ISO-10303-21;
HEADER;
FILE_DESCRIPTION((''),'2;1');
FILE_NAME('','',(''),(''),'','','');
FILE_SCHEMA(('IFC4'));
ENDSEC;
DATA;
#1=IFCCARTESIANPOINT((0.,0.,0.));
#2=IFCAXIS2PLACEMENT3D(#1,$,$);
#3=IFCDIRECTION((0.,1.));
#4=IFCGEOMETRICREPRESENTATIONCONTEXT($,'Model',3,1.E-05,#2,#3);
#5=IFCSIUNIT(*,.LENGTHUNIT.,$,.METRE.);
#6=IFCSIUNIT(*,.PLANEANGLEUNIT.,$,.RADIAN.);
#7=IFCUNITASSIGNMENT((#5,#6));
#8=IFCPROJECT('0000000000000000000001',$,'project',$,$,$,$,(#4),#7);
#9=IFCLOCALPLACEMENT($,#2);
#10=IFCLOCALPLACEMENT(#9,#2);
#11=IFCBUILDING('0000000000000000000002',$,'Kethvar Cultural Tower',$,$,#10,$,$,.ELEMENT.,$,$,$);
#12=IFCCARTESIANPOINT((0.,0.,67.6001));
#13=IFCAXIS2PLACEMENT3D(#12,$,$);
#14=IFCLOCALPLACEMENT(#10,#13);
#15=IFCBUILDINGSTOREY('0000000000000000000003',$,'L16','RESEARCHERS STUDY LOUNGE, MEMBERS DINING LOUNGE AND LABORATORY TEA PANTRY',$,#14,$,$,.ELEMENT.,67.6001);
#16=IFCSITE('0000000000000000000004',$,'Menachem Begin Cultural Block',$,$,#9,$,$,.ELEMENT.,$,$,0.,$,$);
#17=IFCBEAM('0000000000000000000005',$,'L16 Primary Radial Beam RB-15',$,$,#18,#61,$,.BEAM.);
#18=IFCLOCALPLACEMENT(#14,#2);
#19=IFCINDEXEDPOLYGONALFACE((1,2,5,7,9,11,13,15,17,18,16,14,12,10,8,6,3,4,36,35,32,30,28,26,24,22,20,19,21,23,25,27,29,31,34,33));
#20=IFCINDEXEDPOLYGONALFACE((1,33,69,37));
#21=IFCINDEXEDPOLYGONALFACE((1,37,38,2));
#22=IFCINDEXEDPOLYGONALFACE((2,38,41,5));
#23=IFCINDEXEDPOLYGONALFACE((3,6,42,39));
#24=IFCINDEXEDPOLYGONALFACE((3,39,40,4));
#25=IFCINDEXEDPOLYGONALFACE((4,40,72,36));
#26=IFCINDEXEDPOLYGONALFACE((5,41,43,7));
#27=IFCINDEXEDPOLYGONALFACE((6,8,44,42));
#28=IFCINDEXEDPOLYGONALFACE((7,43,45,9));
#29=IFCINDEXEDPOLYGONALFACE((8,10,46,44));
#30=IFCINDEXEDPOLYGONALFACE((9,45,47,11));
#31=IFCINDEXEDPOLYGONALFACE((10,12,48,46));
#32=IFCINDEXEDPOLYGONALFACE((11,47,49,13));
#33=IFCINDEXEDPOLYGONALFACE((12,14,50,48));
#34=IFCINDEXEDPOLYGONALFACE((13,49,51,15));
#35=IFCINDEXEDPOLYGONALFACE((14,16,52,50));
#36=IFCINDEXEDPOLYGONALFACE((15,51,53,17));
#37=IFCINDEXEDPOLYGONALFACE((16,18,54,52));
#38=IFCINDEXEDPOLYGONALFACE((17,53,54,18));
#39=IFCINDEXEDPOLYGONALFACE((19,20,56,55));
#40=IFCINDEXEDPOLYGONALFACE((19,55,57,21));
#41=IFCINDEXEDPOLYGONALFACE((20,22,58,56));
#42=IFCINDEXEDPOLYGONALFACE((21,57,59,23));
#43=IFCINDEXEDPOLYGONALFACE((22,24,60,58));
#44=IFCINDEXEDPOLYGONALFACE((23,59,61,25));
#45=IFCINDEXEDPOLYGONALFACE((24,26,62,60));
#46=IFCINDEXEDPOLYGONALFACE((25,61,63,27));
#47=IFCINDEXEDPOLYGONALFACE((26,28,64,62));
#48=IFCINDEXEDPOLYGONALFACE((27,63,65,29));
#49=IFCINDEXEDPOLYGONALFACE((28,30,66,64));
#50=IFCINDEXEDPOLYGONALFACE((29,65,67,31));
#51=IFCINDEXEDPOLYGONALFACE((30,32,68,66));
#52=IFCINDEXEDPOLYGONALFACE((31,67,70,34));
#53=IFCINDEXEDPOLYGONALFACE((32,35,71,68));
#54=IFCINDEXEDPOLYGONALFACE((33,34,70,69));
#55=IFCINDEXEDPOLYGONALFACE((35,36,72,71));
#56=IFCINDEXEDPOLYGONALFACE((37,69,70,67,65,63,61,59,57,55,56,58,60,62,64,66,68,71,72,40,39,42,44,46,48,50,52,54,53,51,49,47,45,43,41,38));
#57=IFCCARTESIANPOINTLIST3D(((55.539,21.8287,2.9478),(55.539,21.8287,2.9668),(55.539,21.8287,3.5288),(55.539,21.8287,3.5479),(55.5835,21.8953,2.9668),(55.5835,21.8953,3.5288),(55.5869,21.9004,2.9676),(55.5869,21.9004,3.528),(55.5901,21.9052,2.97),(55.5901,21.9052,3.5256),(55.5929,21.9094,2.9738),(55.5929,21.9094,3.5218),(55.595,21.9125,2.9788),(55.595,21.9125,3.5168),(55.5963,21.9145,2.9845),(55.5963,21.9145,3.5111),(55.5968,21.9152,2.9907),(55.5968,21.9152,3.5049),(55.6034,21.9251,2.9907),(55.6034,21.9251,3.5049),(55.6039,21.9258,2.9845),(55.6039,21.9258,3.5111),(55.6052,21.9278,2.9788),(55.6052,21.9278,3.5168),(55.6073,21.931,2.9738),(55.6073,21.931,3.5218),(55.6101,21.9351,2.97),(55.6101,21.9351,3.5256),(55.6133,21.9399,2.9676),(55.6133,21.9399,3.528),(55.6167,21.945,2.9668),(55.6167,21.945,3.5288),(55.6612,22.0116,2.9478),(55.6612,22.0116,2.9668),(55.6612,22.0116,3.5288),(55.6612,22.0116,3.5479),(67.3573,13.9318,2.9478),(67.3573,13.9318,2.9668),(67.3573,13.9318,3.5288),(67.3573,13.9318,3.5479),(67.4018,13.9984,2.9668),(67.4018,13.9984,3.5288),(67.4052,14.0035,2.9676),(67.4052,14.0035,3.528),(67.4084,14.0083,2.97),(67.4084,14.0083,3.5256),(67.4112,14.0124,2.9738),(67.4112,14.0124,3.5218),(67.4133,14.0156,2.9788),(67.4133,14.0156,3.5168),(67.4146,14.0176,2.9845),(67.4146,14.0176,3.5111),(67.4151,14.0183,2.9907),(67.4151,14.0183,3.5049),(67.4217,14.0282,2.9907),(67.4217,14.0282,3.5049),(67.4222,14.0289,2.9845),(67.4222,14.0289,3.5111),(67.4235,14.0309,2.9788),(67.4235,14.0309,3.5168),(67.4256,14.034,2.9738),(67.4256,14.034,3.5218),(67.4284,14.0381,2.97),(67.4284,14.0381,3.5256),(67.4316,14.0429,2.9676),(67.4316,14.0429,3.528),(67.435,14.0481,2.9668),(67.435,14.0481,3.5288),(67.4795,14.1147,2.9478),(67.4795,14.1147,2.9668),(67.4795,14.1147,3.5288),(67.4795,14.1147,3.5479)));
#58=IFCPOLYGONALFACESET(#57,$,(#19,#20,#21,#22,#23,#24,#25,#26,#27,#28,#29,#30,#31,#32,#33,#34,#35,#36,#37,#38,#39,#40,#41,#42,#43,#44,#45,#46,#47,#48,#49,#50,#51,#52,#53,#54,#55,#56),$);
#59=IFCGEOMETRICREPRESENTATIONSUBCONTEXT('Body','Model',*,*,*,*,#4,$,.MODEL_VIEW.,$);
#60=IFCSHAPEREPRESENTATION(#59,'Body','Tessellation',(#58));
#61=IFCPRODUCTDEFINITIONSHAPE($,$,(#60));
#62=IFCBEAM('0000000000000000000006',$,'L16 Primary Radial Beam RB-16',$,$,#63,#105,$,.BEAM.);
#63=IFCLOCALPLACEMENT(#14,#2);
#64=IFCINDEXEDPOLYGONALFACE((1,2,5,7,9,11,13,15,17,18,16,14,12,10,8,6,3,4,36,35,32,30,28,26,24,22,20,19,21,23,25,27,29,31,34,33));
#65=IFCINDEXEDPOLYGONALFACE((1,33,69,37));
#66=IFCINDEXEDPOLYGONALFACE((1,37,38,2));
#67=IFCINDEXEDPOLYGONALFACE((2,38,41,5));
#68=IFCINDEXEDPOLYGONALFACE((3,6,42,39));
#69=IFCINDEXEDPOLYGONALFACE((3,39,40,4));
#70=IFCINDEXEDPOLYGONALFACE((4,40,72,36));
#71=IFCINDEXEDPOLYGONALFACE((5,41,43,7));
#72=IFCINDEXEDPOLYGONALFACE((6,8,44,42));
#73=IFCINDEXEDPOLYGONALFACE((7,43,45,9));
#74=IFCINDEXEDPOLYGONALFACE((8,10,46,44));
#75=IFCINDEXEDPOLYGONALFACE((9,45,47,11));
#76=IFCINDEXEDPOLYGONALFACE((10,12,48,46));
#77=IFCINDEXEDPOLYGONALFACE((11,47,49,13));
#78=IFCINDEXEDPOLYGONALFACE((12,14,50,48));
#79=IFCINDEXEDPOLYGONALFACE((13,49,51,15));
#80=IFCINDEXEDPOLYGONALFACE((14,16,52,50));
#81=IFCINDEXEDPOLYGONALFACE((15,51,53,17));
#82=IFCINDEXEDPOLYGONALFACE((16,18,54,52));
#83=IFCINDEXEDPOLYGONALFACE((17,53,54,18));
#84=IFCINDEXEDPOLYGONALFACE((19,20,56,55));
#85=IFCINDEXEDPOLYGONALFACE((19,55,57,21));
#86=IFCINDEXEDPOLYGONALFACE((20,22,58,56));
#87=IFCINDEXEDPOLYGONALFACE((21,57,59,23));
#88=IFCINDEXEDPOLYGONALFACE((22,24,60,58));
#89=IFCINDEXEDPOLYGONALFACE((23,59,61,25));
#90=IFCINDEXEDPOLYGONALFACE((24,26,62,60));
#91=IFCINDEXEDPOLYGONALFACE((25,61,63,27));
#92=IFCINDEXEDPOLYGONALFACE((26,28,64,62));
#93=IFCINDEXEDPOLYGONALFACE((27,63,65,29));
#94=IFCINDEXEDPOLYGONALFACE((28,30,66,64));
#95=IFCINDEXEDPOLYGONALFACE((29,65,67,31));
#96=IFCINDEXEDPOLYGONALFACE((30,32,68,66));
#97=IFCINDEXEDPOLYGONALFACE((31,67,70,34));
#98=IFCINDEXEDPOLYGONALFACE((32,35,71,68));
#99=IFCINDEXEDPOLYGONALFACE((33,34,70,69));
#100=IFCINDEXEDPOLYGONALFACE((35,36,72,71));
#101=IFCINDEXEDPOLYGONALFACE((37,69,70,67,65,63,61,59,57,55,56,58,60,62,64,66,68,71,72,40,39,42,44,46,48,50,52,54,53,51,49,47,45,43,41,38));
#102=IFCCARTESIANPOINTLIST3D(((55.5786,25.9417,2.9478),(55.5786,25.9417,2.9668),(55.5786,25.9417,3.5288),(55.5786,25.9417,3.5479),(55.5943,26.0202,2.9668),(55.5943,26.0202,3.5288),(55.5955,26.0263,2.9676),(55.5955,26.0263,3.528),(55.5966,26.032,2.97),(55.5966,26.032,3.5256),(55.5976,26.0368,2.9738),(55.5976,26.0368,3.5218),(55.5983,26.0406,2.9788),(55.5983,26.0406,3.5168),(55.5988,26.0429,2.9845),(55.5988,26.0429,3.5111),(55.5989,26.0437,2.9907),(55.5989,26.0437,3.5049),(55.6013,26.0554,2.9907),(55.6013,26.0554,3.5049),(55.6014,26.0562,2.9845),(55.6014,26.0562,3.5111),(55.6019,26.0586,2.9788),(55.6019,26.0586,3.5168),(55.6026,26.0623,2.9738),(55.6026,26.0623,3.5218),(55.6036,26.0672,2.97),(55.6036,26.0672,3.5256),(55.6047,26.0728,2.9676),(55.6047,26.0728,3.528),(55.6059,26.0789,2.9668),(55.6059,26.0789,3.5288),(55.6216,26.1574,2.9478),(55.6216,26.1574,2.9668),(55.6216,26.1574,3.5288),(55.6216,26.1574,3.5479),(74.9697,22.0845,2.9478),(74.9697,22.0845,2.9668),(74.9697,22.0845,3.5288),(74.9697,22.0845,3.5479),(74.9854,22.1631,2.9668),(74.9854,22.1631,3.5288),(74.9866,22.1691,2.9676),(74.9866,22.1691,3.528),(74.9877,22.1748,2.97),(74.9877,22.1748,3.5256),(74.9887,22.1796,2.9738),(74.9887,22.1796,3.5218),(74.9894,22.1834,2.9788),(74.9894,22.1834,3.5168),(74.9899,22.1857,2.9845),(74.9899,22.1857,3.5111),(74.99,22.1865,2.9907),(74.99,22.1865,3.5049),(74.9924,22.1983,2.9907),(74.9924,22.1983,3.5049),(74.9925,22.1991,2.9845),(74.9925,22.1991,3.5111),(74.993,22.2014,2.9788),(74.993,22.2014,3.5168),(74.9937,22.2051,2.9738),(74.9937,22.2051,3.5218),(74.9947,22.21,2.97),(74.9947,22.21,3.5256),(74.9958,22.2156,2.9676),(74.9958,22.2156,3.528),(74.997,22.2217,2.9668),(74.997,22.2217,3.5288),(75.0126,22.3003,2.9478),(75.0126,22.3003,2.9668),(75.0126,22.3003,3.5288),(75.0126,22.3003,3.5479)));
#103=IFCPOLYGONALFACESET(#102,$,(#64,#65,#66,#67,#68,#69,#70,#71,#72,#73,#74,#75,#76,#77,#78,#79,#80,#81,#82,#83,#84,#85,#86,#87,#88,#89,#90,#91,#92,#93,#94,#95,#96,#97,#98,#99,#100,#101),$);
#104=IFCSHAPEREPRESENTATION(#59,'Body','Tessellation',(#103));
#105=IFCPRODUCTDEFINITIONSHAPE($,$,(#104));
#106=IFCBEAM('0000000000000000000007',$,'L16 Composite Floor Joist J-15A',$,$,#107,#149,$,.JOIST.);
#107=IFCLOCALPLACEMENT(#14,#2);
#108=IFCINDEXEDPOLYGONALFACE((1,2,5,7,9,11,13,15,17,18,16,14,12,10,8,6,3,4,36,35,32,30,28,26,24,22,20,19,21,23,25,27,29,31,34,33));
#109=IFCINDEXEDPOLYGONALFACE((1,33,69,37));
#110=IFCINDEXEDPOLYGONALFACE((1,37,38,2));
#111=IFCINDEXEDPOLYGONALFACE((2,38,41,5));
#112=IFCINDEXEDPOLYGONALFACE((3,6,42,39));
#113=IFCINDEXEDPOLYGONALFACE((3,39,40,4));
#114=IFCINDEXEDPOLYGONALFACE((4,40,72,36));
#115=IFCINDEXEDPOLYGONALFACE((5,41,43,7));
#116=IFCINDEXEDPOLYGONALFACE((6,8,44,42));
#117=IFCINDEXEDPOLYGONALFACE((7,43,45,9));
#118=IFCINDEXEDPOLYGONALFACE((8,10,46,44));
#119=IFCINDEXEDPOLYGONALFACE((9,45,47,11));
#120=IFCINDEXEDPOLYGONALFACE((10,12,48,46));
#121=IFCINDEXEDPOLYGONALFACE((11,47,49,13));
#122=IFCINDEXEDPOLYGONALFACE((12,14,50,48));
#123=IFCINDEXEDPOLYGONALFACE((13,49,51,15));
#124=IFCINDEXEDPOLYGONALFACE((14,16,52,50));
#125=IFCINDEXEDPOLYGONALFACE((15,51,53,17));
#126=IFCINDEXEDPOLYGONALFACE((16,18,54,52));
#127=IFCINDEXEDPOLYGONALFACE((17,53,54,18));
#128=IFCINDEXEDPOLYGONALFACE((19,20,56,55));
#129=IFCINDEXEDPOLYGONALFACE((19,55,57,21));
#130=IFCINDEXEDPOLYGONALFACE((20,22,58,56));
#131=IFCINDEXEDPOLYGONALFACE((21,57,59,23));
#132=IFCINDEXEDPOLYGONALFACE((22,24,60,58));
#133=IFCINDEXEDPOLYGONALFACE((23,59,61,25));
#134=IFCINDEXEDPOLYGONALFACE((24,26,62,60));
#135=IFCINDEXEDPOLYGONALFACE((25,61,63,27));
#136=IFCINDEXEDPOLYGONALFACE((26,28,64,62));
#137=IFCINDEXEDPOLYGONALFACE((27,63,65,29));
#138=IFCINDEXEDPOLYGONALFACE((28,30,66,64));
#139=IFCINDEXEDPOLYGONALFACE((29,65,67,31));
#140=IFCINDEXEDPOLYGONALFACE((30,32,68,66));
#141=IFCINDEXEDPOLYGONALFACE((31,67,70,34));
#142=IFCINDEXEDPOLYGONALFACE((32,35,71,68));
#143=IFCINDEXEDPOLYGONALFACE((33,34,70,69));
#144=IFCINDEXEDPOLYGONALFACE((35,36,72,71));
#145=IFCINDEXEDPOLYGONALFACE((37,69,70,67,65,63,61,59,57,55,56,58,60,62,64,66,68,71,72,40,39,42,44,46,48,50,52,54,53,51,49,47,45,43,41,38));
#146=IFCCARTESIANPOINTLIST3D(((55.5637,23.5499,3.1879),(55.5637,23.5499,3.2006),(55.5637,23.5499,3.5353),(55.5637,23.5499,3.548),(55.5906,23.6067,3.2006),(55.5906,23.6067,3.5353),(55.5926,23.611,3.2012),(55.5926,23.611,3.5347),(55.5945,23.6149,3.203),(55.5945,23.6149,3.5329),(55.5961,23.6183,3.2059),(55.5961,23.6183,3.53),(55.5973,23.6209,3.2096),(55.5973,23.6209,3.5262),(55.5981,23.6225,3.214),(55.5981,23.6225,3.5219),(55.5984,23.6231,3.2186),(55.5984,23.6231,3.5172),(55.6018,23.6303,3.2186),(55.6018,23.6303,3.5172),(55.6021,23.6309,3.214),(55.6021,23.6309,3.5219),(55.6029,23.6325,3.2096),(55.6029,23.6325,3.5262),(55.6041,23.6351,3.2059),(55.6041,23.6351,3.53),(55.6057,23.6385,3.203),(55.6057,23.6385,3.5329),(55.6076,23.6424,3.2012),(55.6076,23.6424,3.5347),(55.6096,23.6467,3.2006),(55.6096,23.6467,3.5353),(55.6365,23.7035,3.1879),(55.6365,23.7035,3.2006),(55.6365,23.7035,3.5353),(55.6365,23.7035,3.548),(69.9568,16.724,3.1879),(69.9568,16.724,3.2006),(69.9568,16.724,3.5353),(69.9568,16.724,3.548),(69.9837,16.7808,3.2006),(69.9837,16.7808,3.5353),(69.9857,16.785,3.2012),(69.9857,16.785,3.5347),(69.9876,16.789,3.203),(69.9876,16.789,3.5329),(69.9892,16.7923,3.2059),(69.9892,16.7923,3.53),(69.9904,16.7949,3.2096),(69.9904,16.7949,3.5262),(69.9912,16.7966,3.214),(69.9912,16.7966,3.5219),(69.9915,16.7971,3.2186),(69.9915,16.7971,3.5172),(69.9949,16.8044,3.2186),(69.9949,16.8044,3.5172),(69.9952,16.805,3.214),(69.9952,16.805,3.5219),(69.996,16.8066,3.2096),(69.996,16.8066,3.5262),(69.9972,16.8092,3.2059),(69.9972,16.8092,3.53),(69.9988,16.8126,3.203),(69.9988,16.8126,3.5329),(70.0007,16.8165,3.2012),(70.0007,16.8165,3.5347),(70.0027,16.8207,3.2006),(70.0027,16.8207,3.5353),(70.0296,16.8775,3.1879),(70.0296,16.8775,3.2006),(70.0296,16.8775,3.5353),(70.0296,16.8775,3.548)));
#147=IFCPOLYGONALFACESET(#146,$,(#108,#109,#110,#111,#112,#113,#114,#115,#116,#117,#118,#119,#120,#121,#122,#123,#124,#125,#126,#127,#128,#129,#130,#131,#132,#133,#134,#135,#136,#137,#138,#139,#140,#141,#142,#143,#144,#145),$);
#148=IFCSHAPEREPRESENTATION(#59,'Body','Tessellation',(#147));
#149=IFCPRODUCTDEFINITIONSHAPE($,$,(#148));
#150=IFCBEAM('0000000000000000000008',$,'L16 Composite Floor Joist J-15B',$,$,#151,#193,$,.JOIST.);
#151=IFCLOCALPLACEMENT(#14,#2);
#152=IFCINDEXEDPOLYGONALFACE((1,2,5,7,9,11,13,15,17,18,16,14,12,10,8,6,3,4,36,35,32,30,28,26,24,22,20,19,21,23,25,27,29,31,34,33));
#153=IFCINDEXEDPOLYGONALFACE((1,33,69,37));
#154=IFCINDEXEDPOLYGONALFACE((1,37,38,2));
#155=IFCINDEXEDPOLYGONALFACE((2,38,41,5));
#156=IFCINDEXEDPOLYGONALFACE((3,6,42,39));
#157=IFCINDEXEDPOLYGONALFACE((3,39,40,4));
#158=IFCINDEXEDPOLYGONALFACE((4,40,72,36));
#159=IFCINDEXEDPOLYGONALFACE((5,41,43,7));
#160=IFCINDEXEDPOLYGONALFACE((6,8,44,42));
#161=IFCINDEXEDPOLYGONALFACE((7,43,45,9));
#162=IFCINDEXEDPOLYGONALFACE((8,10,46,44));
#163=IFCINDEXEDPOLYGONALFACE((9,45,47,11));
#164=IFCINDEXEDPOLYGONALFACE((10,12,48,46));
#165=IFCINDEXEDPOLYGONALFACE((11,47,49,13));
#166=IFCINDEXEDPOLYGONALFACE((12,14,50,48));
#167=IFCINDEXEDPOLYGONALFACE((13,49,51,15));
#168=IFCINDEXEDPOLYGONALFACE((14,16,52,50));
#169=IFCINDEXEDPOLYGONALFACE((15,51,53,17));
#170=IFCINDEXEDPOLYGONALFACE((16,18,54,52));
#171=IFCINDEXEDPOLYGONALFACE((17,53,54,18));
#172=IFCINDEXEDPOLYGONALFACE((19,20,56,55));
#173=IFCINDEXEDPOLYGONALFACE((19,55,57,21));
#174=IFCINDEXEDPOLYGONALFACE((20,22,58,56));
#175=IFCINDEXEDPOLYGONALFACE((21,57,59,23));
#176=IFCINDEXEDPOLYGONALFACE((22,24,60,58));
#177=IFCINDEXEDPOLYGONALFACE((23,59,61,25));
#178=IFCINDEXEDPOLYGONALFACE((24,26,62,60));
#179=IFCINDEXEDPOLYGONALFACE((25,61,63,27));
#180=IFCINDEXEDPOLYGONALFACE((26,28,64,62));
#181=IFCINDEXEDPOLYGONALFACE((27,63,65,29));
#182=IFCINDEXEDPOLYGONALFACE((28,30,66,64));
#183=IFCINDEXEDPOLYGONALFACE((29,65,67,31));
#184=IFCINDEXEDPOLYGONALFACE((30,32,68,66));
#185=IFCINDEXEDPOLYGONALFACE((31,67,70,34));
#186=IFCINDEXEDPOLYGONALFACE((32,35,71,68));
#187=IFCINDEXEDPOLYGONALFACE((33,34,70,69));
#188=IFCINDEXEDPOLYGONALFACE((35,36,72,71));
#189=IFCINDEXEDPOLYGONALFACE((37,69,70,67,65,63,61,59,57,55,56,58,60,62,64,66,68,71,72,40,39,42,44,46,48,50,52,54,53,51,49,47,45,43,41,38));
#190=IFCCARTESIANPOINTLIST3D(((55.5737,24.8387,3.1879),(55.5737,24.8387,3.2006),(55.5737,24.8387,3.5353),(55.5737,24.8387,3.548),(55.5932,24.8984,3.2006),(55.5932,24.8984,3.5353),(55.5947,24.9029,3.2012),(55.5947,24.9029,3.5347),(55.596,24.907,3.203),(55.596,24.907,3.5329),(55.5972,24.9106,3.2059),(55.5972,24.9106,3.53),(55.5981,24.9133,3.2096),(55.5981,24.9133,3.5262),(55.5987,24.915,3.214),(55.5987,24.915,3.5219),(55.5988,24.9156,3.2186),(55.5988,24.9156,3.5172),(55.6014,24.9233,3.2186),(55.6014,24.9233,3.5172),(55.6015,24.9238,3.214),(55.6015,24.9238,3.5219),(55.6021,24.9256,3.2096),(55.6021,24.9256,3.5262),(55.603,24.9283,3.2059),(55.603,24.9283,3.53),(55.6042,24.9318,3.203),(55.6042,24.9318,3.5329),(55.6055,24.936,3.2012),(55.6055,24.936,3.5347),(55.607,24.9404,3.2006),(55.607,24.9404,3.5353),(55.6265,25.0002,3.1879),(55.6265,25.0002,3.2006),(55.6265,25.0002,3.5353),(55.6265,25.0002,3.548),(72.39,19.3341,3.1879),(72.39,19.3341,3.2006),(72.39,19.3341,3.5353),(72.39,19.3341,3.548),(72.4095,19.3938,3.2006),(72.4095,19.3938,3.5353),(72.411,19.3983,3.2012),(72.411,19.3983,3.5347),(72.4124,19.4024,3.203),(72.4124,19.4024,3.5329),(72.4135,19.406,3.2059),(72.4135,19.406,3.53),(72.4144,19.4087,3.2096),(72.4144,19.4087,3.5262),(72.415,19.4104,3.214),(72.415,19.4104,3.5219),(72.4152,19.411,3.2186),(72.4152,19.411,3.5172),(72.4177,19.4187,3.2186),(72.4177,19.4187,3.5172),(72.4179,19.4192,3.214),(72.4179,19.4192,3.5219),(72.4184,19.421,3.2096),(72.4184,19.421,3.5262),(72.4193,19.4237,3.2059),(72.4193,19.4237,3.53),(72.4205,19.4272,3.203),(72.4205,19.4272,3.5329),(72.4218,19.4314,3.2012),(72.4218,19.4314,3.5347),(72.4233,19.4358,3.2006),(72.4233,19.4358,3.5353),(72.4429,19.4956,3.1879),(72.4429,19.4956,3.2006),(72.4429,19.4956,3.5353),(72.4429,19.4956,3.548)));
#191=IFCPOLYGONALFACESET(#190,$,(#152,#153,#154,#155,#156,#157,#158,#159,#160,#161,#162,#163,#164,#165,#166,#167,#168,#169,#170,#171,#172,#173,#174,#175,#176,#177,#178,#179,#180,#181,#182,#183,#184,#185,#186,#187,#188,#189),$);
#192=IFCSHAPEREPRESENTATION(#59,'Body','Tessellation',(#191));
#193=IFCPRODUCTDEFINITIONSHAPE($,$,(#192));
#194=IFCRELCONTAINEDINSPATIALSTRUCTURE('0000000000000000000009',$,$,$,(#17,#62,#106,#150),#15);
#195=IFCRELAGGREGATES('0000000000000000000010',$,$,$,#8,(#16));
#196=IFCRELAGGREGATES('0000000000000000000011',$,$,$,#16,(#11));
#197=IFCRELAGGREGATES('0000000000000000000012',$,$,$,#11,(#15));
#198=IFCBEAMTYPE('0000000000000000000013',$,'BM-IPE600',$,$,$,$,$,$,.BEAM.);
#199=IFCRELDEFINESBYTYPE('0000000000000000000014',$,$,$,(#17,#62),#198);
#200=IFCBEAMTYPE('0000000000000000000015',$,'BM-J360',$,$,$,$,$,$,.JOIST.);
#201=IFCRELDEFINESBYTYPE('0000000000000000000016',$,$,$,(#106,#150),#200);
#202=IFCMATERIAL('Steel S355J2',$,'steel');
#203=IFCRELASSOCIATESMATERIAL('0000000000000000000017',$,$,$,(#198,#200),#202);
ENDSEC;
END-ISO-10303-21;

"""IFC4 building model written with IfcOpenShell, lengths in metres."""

from ifc_helpers import new_model, si_unit, direction, frame, origin, origin_2d, place, context, subcontext, project, spatial, i_section, extrude, source, transform, mapped, material, material_profile, profile_set, type_object, element, save


model = new_model("IFC4")

# Units and contexts
model_context = context("Model", 3, precision=1e-05, world=origin(), true_north=direction((0.0, 1.0)))
body_context = subcontext(model_context, "Body", "Model", "MODEL_VIEW")
ifc_project = project(units=[si_unit("LENGTHUNIT", "METRE"), si_unit("PLANEANGLEUNIT", "RADIAN")], contexts=[model_context])

# Site, building, storey
site_placement = place(None, origin())
site = spatial("IfcSite", under=ifc_project, at=site_placement, Name="Menachem Begin Cultural Block", CompositionType="ELEMENT", RefElevation=0.0)
building_placement = place(site_placement, origin())
building = spatial("IfcBuilding", under=site, at=building_placement, Name="Kethvar Cultural Tower", CompositionType="ELEMENT")
storey_placement = place(building_placement, frame((0.0, 0.0, 67.6001)))
storey = spatial("IfcBuildingStorey", under=building, at=storey_placement, Name="L16", Description="RESEARCHERS STUDY LOUNGE, MEMBERS DINING LOUNGE AND LABORATORY TEA PANTRY", CompositionType="ELEMENT", Elevation=67.6001)

# Beams
ifc_material_1 = material(Name="Steel S355J2", Category="steel")
ifc_material_profile_1 = material_profile(ifc_material_1, i_section(OverallWidth=0.22, OverallDepth=0.6001, WebThickness=0.012, FlangeThickness=0.019, FilletRadius=0.0239, at=origin_2d()), Name="Steel S355J2 — IPE600")
ifc_profile_set_1 = profile_set([ifc_material_profile_1], Name="Steel S355J2 — IPE600")
beam_type_1 = type_object("IfcBeamType", Name="BM-IPE600", PredefinedType="BEAM", material=ifc_profile_set_1)
shared_shape_1 = source(origin(), body_context, "Body", "SweptSolid", [
    extrude(i_section(OverallWidth=0.22, OverallDepth=0.6001, WebThickness=0.012, FlangeThickness=0.019, FilletRadius=0.0239, at=origin_2d()), origin(), (0.0, 0.0, 1.0), 14.2139),
])
beam_1_placement = place(storey_placement, frame((55.6001, 21.9202, 3.2478), z_axis=(0.831463, -0.55558, 0.0), x_axis=(0.55558, 0.831463, 0.0)))
element("IfcBeam", 1, at=beam_1_placement, inside=storey, type_object=beam_type_1, Name="L16 Primary Radial Beam RB-15", PredefinedType="BEAM", context=body_context, shape_type="MappedRepresentation", body=[
    mapped(shared_shape_1, transform((0.0, 0.0, 0.0), scale=1.0)),
])
shared_shape_2 = source(origin(), body_context, "Body", "SweptSolid", [
    extrude(i_section(OverallWidth=0.22, OverallDepth=0.6001, WebThickness=0.012, FlangeThickness=0.019, FilletRadius=0.0239, at=origin_2d()), origin(), (0.0, 0.0, 1.0), 19.771),
])
beam_2_placement = place(storey_placement, frame((55.6001, 26.0496, 3.2478), z_axis=(0.980785, -0.195093, 0.0), x_axis=(0.195093, 0.980785, 0.0)))
element("IfcBeam", 2, at=beam_2_placement, inside=storey, type_object=beam_type_1, Name="L16 Primary Radial Beam RB-16", PredefinedType="BEAM", context=body_context, shape_type="MappedRepresentation", body=[
    mapped(shared_shape_2, transform((0.0, 0.0, 0.0), scale=1.0)),
])
ifc_material_profile_2 = material_profile(ifc_material_1, i_section(OverallWidth=0.1699, OverallDepth=0.3601, WebThickness=0.0081, FlangeThickness=0.0127, FilletRadius=0.0181, at=origin_2d()), Name="Steel S355J2 — IPE360")
ifc_profile_set_2 = profile_set([ifc_material_profile_2], Name="Steel S355J2 — IPE360")
beam_type_2 = type_object("IfcBeamType", Name="BM-J360", PredefinedType="JOIST", material=ifc_profile_set_2)
shared_shape_3 = source(origin(), body_context, "Body", "SweptSolid", [
    extrude(i_section(OverallWidth=0.1699, OverallDepth=0.3601, WebThickness=0.0081, FlangeThickness=0.0127, FilletRadius=0.0181, at=origin_2d()), origin(), (0.0, 0.0, 1.0), 15.9297),
])
beam_3_placement = place(storey_placement, frame((55.6001, 23.6267, 3.3679), z_axis=(0.90354, -0.428505, 0.0), x_axis=(0.428505, 0.90354, 0.0)))
element("IfcBeam", 3, at=beam_3_placement, inside=storey, type_object=beam_type_2, Name="L16 Composite Floor Joist J-15A", PredefinedType="JOIST", context=body_context, shape_type="MappedRepresentation", body=[
    mapped(shared_shape_3, transform((0.0, 0.0, 0.0), scale=1.0)),
])
shared_shape_4 = source(origin(), body_context, "Body", "SweptSolid", [
    extrude(i_section(OverallWidth=0.1699, OverallDepth=0.3601, WebThickness=0.0081, FlangeThickness=0.0127, FilletRadius=0.0181, at=origin_2d()), origin(), (0.0, 0.0, 1.0), 17.6943),
])
beam_4_placement = place(storey_placement, frame((55.6001, 24.9194, 3.3679), z_axis=(0.950379, -0.311095, 0.0), x_axis=(0.311095, 0.950379, 0.0)))
element("IfcBeam", 4, at=beam_4_placement, inside=storey, type_object=beam_type_2, Name="L16 Composite Floor Joist J-15B", PredefinedType="JOIST", context=body_context, shape_type="MappedRepresentation", body=[
    mapped(shared_shape_4, transform((0.0, 0.0, 0.0), scale=1.0)),
])

save(model, "model.ifc")
